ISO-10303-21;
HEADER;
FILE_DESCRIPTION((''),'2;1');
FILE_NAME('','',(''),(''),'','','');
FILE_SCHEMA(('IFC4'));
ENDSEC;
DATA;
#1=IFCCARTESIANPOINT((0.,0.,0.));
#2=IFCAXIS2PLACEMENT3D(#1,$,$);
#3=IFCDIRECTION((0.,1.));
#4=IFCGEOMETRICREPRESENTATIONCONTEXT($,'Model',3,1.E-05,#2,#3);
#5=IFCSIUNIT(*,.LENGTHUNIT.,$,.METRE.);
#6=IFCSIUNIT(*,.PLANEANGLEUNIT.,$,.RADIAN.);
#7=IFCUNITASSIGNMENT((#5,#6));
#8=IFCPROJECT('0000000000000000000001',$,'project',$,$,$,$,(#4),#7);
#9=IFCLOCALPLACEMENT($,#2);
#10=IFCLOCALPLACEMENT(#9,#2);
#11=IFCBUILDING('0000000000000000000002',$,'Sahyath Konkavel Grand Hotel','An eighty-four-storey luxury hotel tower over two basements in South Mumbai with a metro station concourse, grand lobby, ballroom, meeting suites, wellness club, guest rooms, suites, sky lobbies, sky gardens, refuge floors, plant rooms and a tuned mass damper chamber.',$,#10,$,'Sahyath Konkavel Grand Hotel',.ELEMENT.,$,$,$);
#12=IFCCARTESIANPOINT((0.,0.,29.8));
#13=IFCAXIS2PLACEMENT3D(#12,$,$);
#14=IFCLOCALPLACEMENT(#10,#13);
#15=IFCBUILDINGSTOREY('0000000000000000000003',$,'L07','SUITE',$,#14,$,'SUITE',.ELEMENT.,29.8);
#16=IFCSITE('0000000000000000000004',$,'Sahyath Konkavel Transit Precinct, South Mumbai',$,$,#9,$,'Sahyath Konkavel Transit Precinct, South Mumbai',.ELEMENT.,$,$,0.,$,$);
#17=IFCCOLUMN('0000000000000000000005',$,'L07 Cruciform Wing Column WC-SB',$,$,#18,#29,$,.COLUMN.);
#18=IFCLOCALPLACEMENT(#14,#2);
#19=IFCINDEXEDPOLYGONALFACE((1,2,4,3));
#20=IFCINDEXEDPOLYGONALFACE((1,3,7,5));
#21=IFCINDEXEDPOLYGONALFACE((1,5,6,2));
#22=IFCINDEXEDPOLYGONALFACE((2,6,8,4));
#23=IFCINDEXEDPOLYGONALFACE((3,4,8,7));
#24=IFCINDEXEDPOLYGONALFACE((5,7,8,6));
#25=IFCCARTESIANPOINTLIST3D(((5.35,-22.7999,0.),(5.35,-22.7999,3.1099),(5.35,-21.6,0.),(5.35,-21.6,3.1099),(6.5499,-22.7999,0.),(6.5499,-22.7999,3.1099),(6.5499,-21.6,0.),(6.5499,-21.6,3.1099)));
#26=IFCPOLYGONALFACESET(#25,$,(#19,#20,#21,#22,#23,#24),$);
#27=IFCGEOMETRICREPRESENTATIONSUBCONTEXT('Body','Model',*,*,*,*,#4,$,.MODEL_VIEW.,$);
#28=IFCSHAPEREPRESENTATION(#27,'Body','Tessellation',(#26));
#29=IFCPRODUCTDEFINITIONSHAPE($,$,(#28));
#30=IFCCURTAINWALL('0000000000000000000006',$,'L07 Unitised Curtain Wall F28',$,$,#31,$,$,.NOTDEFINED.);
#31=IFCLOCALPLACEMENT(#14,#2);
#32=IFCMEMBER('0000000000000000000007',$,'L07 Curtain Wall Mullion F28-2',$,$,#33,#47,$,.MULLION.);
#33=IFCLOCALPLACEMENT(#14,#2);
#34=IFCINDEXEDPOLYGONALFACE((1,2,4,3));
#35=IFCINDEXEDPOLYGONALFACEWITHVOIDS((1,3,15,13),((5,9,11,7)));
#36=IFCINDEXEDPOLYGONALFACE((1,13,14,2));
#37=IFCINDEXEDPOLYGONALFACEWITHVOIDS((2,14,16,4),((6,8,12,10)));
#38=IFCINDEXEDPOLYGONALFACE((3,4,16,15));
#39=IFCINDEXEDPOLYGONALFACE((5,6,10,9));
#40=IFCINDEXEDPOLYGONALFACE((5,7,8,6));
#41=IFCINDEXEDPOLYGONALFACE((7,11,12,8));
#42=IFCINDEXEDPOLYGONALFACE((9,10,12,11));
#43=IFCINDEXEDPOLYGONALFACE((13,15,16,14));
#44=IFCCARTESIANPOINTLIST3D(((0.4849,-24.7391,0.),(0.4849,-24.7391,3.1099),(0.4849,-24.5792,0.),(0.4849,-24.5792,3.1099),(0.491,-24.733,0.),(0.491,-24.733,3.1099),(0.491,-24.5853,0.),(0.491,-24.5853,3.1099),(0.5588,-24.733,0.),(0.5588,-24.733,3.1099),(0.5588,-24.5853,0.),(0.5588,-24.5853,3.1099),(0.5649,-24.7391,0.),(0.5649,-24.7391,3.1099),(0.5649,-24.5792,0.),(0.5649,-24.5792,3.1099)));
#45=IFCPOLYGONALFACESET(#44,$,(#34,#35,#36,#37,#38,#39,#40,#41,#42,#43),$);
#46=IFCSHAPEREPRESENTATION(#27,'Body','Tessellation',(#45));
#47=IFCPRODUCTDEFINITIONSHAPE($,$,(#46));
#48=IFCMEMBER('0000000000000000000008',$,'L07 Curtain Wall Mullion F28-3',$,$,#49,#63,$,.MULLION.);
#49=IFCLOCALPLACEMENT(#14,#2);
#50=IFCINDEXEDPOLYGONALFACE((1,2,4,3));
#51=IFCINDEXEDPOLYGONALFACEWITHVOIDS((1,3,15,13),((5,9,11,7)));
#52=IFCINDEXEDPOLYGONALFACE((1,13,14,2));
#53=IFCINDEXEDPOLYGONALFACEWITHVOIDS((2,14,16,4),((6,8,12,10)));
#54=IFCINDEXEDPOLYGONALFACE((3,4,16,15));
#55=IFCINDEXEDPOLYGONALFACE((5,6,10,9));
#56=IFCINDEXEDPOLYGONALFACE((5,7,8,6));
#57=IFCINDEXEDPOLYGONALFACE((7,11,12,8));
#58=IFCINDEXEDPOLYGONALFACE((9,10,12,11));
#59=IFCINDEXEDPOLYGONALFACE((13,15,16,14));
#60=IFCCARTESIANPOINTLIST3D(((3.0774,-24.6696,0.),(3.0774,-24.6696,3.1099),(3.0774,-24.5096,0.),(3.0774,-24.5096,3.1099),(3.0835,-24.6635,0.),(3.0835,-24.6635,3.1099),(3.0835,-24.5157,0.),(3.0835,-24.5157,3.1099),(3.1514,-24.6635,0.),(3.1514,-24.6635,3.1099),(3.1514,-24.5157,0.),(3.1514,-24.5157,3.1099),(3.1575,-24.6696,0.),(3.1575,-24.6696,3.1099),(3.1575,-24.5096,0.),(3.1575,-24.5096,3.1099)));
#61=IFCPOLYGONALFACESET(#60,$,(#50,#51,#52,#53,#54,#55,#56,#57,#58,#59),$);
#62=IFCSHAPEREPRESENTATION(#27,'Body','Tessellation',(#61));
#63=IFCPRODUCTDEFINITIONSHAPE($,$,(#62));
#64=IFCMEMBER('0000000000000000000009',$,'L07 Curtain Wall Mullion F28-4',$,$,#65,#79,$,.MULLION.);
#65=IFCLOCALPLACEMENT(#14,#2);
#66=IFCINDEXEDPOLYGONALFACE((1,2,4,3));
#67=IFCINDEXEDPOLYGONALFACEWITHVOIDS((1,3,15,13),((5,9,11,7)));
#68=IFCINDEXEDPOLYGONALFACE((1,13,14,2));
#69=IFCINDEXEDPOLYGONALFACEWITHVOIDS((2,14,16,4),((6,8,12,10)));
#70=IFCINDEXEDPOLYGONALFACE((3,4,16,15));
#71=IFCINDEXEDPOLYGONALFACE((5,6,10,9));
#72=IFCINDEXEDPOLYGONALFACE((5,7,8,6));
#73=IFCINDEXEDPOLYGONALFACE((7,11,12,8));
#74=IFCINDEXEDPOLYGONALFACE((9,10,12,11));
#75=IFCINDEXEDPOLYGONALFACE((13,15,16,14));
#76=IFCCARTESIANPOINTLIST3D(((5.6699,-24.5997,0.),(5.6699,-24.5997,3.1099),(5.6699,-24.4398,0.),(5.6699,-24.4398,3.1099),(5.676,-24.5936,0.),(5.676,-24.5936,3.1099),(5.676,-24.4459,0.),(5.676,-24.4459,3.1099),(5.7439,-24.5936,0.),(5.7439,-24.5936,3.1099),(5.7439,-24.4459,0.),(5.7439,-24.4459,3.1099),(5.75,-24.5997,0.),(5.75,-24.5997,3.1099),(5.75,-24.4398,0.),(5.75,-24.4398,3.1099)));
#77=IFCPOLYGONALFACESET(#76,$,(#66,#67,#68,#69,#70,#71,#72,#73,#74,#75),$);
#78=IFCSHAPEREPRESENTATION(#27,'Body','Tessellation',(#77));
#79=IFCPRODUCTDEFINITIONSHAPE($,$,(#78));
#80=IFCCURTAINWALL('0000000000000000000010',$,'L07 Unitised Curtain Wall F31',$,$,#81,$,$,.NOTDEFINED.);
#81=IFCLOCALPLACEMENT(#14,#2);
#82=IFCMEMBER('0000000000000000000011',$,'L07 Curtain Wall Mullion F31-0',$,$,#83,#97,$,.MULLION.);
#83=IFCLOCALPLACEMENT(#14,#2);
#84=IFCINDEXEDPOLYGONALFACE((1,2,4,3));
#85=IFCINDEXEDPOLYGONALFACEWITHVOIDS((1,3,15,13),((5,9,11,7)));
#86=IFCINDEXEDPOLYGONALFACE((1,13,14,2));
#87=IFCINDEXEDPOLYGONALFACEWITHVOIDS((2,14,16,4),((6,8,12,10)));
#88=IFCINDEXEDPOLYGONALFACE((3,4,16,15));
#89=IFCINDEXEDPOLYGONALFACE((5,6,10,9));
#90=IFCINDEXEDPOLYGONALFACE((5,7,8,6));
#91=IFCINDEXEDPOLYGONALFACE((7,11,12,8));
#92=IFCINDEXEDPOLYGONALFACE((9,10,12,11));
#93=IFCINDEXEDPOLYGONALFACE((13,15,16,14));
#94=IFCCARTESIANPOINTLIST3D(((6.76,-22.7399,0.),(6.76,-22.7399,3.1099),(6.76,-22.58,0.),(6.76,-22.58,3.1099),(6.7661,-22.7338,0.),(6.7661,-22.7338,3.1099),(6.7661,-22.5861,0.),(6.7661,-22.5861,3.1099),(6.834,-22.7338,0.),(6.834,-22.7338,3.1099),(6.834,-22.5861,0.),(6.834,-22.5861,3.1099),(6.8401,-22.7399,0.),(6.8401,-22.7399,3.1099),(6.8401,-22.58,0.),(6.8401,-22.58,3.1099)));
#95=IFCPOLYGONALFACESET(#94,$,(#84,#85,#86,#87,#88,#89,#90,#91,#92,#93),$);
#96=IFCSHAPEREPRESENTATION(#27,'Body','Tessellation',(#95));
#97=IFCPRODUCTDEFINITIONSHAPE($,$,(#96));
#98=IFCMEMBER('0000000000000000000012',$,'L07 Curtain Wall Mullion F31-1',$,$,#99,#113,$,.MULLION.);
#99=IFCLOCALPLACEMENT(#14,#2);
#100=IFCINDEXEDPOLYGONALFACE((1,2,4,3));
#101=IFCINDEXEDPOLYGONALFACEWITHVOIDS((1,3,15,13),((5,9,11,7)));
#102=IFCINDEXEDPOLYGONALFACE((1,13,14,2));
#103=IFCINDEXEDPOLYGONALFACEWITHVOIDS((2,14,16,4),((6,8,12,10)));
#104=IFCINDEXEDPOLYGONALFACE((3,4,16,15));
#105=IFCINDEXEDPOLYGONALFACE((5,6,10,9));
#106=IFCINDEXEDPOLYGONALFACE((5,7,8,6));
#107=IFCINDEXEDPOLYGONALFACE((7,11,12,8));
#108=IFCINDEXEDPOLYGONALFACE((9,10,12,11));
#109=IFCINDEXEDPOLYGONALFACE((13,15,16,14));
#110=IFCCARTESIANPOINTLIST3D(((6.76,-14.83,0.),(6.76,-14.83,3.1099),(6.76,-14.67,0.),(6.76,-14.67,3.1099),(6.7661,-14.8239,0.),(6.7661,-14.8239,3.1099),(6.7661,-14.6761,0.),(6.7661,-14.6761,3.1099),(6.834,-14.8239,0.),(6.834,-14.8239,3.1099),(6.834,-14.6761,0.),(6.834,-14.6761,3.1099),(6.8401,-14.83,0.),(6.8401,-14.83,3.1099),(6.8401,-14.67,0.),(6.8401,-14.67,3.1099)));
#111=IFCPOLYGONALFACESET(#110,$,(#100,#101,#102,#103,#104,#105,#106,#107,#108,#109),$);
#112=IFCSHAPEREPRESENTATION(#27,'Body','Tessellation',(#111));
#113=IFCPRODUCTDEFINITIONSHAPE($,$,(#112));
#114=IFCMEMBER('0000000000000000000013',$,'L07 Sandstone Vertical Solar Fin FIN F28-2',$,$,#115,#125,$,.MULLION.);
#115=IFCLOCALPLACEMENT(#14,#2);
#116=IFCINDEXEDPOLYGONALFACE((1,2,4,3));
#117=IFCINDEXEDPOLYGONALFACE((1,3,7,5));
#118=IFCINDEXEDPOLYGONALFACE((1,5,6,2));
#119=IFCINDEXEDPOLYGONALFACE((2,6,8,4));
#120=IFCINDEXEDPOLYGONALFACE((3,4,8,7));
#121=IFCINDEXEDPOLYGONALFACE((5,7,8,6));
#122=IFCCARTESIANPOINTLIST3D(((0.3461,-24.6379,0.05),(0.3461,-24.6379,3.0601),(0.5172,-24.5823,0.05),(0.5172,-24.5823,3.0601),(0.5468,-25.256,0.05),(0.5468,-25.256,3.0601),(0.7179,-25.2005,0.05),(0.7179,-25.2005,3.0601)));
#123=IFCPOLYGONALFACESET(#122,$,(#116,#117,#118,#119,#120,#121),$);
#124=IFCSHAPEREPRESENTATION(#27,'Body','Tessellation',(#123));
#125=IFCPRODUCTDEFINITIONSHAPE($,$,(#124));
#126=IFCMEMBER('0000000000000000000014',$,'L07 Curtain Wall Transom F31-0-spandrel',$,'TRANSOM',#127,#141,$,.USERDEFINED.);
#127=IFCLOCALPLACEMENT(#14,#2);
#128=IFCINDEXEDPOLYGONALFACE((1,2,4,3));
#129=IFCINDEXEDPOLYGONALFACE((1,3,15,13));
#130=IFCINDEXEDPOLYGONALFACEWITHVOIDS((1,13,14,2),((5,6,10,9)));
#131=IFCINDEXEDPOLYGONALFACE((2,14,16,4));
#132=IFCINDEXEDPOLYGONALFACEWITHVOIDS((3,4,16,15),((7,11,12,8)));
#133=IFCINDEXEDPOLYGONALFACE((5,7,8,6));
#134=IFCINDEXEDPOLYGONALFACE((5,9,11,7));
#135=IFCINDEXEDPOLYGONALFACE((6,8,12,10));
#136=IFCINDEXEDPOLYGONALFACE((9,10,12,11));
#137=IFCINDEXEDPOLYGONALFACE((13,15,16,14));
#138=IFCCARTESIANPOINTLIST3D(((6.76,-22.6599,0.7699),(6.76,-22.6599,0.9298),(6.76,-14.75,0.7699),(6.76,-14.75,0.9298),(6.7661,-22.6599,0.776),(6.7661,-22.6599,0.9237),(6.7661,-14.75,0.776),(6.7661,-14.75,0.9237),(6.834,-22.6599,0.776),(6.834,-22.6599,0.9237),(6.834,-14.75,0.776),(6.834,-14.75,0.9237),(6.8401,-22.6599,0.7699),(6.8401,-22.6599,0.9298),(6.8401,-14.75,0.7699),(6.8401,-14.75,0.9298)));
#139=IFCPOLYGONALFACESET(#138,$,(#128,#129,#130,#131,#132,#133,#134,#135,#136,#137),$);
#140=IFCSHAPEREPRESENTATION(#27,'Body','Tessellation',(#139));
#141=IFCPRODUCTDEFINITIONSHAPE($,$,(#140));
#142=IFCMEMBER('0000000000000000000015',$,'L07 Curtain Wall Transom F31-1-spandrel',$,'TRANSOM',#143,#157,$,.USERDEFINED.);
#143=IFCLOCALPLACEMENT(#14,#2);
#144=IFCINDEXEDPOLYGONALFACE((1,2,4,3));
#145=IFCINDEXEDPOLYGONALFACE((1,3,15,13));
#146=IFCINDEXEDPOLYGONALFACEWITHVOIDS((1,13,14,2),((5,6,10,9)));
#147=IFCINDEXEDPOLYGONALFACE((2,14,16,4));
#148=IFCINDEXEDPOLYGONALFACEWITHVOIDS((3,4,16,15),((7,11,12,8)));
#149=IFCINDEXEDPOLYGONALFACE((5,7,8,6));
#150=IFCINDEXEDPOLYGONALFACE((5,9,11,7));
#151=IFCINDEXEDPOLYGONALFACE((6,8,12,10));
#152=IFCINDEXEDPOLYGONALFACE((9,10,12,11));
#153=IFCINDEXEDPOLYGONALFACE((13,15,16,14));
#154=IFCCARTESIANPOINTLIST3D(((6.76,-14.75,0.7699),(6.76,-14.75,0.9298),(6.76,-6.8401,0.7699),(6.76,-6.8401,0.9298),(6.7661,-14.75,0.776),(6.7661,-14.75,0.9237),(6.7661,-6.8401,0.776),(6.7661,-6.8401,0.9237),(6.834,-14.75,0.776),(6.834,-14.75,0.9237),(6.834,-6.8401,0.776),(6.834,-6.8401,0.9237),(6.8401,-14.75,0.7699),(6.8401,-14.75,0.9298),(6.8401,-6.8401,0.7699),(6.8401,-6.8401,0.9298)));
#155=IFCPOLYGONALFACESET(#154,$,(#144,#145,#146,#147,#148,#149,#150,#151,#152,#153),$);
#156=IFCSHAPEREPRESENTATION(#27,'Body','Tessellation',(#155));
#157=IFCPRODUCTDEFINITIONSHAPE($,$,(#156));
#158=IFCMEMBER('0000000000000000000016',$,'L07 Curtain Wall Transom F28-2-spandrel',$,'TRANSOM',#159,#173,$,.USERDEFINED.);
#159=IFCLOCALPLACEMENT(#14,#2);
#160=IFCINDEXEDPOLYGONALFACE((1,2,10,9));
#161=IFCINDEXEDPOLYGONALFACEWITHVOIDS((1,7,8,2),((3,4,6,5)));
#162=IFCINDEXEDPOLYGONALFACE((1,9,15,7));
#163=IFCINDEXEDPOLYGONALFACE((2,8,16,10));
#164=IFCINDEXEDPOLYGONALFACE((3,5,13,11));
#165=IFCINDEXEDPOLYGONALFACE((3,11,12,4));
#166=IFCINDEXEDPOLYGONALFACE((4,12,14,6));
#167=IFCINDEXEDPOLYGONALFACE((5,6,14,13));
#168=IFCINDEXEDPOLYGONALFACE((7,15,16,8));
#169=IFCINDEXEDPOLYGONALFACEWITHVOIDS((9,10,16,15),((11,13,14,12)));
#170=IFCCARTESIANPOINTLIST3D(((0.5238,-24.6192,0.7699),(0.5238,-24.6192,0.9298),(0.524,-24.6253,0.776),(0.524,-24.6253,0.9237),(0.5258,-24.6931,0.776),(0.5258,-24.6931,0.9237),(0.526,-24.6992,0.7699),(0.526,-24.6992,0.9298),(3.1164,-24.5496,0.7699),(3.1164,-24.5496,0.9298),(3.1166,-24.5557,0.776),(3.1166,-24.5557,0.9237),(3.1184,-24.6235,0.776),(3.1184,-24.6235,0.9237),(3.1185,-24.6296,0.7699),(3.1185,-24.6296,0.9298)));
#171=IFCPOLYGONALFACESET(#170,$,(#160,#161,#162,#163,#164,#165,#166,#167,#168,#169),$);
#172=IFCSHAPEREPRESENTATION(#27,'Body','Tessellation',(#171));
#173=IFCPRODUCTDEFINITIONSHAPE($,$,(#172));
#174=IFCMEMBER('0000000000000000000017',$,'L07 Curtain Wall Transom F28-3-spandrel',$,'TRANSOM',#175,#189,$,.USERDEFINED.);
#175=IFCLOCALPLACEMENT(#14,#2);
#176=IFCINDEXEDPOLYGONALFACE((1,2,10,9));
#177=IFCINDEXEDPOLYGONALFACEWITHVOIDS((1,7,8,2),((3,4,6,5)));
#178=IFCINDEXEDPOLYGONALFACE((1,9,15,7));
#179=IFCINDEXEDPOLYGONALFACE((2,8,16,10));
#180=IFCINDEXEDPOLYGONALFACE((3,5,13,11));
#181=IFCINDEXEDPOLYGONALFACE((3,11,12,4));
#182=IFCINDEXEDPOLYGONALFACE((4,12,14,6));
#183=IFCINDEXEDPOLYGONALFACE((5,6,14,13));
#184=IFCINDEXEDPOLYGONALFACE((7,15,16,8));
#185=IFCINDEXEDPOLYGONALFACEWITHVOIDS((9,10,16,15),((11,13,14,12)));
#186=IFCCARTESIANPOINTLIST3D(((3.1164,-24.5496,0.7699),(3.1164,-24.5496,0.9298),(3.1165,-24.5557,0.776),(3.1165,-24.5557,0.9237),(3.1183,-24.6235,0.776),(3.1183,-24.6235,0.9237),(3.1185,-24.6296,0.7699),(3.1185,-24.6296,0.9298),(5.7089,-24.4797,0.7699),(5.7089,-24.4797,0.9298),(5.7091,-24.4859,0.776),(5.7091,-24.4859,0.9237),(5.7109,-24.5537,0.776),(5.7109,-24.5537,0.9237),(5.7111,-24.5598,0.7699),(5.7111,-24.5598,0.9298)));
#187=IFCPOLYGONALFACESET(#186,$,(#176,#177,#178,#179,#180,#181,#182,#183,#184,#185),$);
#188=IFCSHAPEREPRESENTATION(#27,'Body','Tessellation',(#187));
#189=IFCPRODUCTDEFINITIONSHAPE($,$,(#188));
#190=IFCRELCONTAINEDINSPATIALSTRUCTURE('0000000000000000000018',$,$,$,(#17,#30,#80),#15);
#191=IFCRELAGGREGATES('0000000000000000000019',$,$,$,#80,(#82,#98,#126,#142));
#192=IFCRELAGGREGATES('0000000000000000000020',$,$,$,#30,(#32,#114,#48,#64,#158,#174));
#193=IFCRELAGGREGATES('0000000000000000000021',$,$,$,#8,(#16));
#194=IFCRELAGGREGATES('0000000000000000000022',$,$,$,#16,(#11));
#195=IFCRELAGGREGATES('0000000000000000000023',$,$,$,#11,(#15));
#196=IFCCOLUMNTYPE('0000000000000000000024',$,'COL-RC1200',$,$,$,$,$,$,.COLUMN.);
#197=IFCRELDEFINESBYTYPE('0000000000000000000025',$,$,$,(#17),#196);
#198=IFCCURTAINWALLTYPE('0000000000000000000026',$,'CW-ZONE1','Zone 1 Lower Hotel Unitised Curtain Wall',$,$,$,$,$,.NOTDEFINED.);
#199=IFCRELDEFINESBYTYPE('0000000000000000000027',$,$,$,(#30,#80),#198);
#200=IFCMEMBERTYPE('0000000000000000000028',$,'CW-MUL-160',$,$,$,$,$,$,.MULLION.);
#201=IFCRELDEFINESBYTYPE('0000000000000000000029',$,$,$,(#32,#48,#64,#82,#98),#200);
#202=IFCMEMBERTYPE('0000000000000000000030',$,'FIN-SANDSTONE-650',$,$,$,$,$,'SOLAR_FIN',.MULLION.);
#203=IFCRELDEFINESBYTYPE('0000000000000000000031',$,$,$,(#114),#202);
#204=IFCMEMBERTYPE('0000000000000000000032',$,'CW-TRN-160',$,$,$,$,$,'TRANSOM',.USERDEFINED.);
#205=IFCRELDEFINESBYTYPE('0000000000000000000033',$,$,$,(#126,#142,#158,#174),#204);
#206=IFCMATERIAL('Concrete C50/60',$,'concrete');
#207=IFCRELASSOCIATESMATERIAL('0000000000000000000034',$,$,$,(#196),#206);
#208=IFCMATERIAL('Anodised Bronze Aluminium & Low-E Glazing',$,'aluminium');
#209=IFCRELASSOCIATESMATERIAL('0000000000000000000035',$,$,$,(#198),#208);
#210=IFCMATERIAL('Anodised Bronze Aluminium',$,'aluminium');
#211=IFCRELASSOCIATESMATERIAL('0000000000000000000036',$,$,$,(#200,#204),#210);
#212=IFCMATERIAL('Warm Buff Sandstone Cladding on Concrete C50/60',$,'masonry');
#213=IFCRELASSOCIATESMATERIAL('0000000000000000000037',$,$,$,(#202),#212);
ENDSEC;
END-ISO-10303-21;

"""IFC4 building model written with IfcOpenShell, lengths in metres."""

from ifc_helpers import new_model, si_unit, direction, frame, origin, origin_2d, place, context, subcontext, project, spatial, rectangle, hollow_rectangle, extrude, source, transform, mapped, material, material_profile, profile_set, type_object, element, aggregate, save


model = new_model("IFC4")

# Units and contexts
model_context = context("Model", 3, precision=1e-05, world=origin(), true_north=direction((0.0, 1.0)))
body_context = subcontext(model_context, "Body", "Model", "MODEL_VIEW")
ifc_project = project(units=[si_unit("LENGTHUNIT", "METRE"), si_unit("PLANEANGLEUNIT", "RADIAN")], contexts=[model_context])

# Site, building, storey
site_placement = place(None, origin())
site = spatial("IfcSite", under=ifc_project, at=site_placement, Name="Sahyath Konkavel Transit Precinct, South Mumbai", LongName="Sahyath Konkavel Transit Precinct, South Mumbai", CompositionType="ELEMENT", RefElevation=0.0)
building_placement = place(site_placement, origin())
building = spatial("IfcBuilding", under=site, at=building_placement, Name="Sahyath Konkavel Grand Hotel", Description="An eighty-four-storey luxury hotel tower over two basements in South Mumbai with a metro station concourse, grand lobby, ballroom, meeting suites, wellness club, guest rooms, suites, sky lobbies, sky gardens, refuge floors, plant rooms and a tuned mass damper chamber.", LongName="Sahyath Konkavel Grand Hotel", CompositionType="ELEMENT")
storey_placement = place(building_placement, frame((0.0, 0.0, 29.8)))
storey = spatial("IfcBuildingStorey", under=building, at=storey_placement, Name="L07", Description="SUITE", LongName="SUITE", CompositionType="ELEMENT", Elevation=29.8)

# Column
ifc_material_1 = material(Name="Concrete C50/60", Category="concrete")
ifc_material_profile_1 = material_profile(ifc_material_1, rectangle(XDim=1.2, YDim=1.2, at=origin_2d()), Name="RC 1200x1200")
ifc_profile_set_1 = profile_set([ifc_material_profile_1], Name="Concrete C50/60")
column_type = type_object("IfcColumnType", Name="COL-RC1200", PredefinedType="COLUMN", material=ifc_profile_set_1)
shared_shape_1 = source(origin(), body_context, "Body", "SweptSolid", [
    extrude(rectangle(XDim=1.2, YDim=1.2, at=origin_2d()), origin(), (0.0, 0.0, 1.0), 3.1099),
])
column_placement = place(storey_placement, frame((5.95, -22.2, 0.0), z_axis=(0.0, 0.0, 1.0), x_axis=(1.0, 0.0, 0.0)))
element("IfcColumn", 1, at=column_placement, inside=storey, type_object=column_type, Name="L07 Cruciform Wing Column WC-SB", PredefinedType="COLUMN", context=body_context, shape_type="MappedRepresentation", body=[
    mapped(shared_shape_1, transform((0.0, 0.0, 0.0), scale=1.0)),
])

# Curtain walls, members
ifc_material_2 = material(Name="Anodised Bronze Aluminium & Low-E Glazing", Category="aluminium")
curtain_wall_type = type_object("IfcCurtainWallType", Name="CW-ZONE1", Description="Zone 1 Lower Hotel Unitised Curtain Wall", PredefinedType="NOTDEFINED", material=ifc_material_2)
curtain_wall_1_placement = place(storey_placement, origin())
curtain_wall_1 = element("IfcCurtainWall", 2, at=curtain_wall_1_placement, inside=storey, type_object=curtain_wall_type, Name="L07 Unitised Curtain Wall F28", PredefinedType="NOTDEFINED")
ifc_material_3 = material(Name="Anodised Bronze Aluminium", Category="aluminium")
ifc_material_profile_2 = material_profile(ifc_material_3, hollow_rectangle(XDim=0.0801, YDim=0.1599, WallThickness=0.0061, at=origin_2d()), Name="RHS 160x80x6")
ifc_profile_set_2 = profile_set([ifc_material_profile_2], Name="Anodised Bronze Aluminium")
member_type_1 = type_object("IfcMemberType", Name="CW-MUL-160", PredefinedType="MULLION", material=ifc_profile_set_2)
shared_shape_2 = source(origin(), body_context, "Body", "SweptSolid", [
    extrude(hollow_rectangle(XDim=0.0801, YDim=0.1599, WallThickness=0.0061, at=origin_2d()), origin(), (0.0, 0.0, 1.0), 3.1099),
])
member_1_placement = place(storey_placement, frame((0.5249, -24.6592, 0.0), z_axis=(0.0, 0.0, 1.0), x_axis=(1.0, 0.0, 0.0)))
member_1 = element("IfcMember", 3, at=member_1_placement, type_object=member_type_1, Name="L07 Curtain Wall Mullion F28-2", PredefinedType="MULLION", context=body_context, shape_type="MappedRepresentation", body=[
    mapped(shared_shape_2, transform((0.0, 0.0, 0.0), scale=1.0)),
])
member_2_placement = place(storey_placement, frame((3.1174, -24.5896, 0.0), z_axis=(0.0, 0.0, 1.0), x_axis=(1.0, 0.0, 0.0)))
member_2 = element("IfcMember", 4, at=member_2_placement, type_object=member_type_1, Name="L07 Curtain Wall Mullion F28-3", PredefinedType="MULLION", context=body_context, shape_type="MappedRepresentation", body=[
    mapped(shared_shape_2, transform((0.0, 0.0, 0.0), scale=1.0)),
])
member_3_placement = place(storey_placement, frame((5.71, -24.5198, 0.0), z_axis=(0.0, 0.0, 1.0), x_axis=(1.0, 0.0, 0.0)))
member_3 = element("IfcMember", 5, at=member_3_placement, type_object=member_type_1, Name="L07 Curtain Wall Mullion F28-4", PredefinedType="MULLION", context=body_context, shape_type="MappedRepresentation", body=[
    mapped(shared_shape_2, transform((0.0, 0.0, 0.0), scale=1.0)),
])
curtain_wall_2_placement = place(storey_placement, origin())
curtain_wall_2 = element("IfcCurtainWall", 6, at=curtain_wall_2_placement, inside=storey, type_object=curtain_wall_type, Name="L07 Unitised Curtain Wall F31", PredefinedType="NOTDEFINED")
member_4_placement = place(storey_placement, frame((6.8, -22.6599, 0.0), z_axis=(0.0, 0.0, 1.0), x_axis=(1.0, 0.0, 0.0)))
member_4 = element("IfcMember", 7, at=member_4_placement, type_object=member_type_1, Name="L07 Curtain Wall Mullion F31-0", PredefinedType="MULLION", context=body_context, shape_type="MappedRepresentation", body=[
    mapped(shared_shape_2, transform((0.0, 0.0, 0.0), scale=1.0)),
])
member_5_placement = place(storey_placement, frame((6.8, -14.75, 0.0), z_axis=(0.0, 0.0, 1.0), x_axis=(1.0, 0.0, 0.0)))
member_5 = element("IfcMember", 8, at=member_5_placement, type_object=member_type_1, Name="L07 Curtain Wall Mullion F31-1", PredefinedType="MULLION", context=body_context, shape_type="MappedRepresentation", body=[
    mapped(shared_shape_2, transform((0.0, 0.0, 0.0), scale=1.0)),
])

# Members
ifc_material_4 = material(Name="Warm Buff Sandstone Cladding on Concrete C50/60", Category="masonry")
ifc_material_profile_3 = material_profile(ifc_material_4, rectangle(XDim=0.1799, YDim=0.6499, at=origin_2d()), Name="FIN 180x650")
ifc_profile_set_3 = profile_set([ifc_material_profile_3], Name="Warm Buff Sandstone Cladding on Concrete C50/60")
member_type_2 = type_object("IfcMemberType", Name="FIN-SANDSTONE-650", ElementType="SOLAR_FIN", PredefinedType="MULLION", material=ifc_profile_set_3)
shared_shape_3 = source(origin(), body_context, "Body", "SweptSolid", [
    extrude(rectangle(XDim=0.1799, YDim=0.6499, at=origin_2d()), origin(), (0.0, 0.0, 1.0), 3.01),
])
member_6_placement = place(storey_placement, frame((0.532, -24.9192, 0.05), z_axis=(0.0, 0.0, 1.0), x_axis=(0.95111, 0.308851, 0.0)))
member_6 = element("IfcMember", 9, at=member_6_placement, type_object=member_type_2, Name="L07 Sandstone Vertical Solar Fin FIN F28-2", PredefinedType="MULLION", context=body_context, shape_type="MappedRepresentation", body=[
    mapped(shared_shape_3, transform((0.0, 0.0, 0.0), scale=1.0)),
])
ifc_material_profile_4 = material_profile(ifc_material_3, hollow_rectangle(XDim=0.0801, YDim=0.1599, WallThickness=0.0061, at=origin_2d()), Name="RHS 160x80x6")
ifc_profile_set_4 = profile_set([ifc_material_profile_4], Name="Anodised Bronze Aluminium")
member_type_3 = type_object("IfcMemberType", Name="CW-TRN-160", ElementType="TRANSOM", PredefinedType="USERDEFINED", material=ifc_profile_set_4)
shared_shape_4 = source(origin(), body_context, "Body", "SweptSolid", [
    extrude(hollow_rectangle(XDim=0.0801, YDim=0.1599, WallThickness=0.0061, at=origin_2d()), origin(), (0.0, 0.0, 1.0), 7.9099),
])
member_7_placement = place(storey_placement, frame((6.8, -22.6599, 0.8499), z_axis=(0.0, 1.0, 0.0), x_axis=(-1.0, 0.0, 0.0)))
member_7 = element("IfcMember", 10, at=member_7_placement, type_object=member_type_3, Name="L07 Curtain Wall Transom F31-0-spandrel", ObjectType="TRANSOM", PredefinedType="USERDEFINED", context=body_context, shape_type="MappedRepresentation", body=[
    mapped(shared_shape_4, transform((0.0, 0.0, 0.0), scale=1.0)),
])
member_8_placement = place(storey_placement, frame((6.8, -14.75, 0.8499), z_axis=(0.0, 1.0, 0.0), x_axis=(-1.0, 0.0, 0.0)))
member_8 = element("IfcMember", 11, at=member_8_placement, type_object=member_type_3, Name="L07 Curtain Wall Transom F31-1-spandrel", ObjectType="TRANSOM", PredefinedType="USERDEFINED", context=body_context, shape_type="MappedRepresentation", body=[
    mapped(shared_shape_4, transform((0.0, 0.0, 0.0), scale=1.0)),
])
shared_shape_5 = source(origin(), body_context, "Body", "SweptSolid", [
    extrude(hollow_rectangle(XDim=0.0801, YDim=0.1599, WallThickness=0.0061, at=origin_2d()), origin(), (0.0, 0.0, 1.0), 2.5935),
])
member_9_placement = place(storey_placement, frame((0.5249, -24.6592, 0.8499), z_axis=(0.99964, 0.026829, 0.0), x_axis=(-0.026829, 0.99964, 0.0)))
member_9 = element("IfcMember", 12, at=member_9_placement, type_object=member_type_3, Name="L07 Curtain Wall Transom F28-2-spandrel", ObjectType="TRANSOM", PredefinedType="USERDEFINED", context=body_context, shape_type="MappedRepresentation", body=[
    mapped(shared_shape_5, transform((0.0, 0.0, 0.0), scale=1.0)),
])
member_10_placement = place(storey_placement, frame((3.1174, -24.5896, 0.8499), z_axis=(0.999638, 0.026923, 0.0), x_axis=(-0.026923, 0.999638, 0.0)))
member_10 = element("IfcMember", 13, at=member_10_placement, type_object=member_type_3, Name="L07 Curtain Wall Transom F28-3-spandrel", ObjectType="TRANSOM", PredefinedType="USERDEFINED", context=body_context, shape_type="MappedRepresentation", body=[
    mapped(shared_shape_5, transform((0.0, 0.0, 0.0), scale=1.0)),
])

aggregate(curtain_wall_2, [member_4, member_5, member_7, member_8])
aggregate(curtain_wall_1, [member_1, member_6, member_2, member_3, member_9, member_10])

save(model, "model.ifc")
